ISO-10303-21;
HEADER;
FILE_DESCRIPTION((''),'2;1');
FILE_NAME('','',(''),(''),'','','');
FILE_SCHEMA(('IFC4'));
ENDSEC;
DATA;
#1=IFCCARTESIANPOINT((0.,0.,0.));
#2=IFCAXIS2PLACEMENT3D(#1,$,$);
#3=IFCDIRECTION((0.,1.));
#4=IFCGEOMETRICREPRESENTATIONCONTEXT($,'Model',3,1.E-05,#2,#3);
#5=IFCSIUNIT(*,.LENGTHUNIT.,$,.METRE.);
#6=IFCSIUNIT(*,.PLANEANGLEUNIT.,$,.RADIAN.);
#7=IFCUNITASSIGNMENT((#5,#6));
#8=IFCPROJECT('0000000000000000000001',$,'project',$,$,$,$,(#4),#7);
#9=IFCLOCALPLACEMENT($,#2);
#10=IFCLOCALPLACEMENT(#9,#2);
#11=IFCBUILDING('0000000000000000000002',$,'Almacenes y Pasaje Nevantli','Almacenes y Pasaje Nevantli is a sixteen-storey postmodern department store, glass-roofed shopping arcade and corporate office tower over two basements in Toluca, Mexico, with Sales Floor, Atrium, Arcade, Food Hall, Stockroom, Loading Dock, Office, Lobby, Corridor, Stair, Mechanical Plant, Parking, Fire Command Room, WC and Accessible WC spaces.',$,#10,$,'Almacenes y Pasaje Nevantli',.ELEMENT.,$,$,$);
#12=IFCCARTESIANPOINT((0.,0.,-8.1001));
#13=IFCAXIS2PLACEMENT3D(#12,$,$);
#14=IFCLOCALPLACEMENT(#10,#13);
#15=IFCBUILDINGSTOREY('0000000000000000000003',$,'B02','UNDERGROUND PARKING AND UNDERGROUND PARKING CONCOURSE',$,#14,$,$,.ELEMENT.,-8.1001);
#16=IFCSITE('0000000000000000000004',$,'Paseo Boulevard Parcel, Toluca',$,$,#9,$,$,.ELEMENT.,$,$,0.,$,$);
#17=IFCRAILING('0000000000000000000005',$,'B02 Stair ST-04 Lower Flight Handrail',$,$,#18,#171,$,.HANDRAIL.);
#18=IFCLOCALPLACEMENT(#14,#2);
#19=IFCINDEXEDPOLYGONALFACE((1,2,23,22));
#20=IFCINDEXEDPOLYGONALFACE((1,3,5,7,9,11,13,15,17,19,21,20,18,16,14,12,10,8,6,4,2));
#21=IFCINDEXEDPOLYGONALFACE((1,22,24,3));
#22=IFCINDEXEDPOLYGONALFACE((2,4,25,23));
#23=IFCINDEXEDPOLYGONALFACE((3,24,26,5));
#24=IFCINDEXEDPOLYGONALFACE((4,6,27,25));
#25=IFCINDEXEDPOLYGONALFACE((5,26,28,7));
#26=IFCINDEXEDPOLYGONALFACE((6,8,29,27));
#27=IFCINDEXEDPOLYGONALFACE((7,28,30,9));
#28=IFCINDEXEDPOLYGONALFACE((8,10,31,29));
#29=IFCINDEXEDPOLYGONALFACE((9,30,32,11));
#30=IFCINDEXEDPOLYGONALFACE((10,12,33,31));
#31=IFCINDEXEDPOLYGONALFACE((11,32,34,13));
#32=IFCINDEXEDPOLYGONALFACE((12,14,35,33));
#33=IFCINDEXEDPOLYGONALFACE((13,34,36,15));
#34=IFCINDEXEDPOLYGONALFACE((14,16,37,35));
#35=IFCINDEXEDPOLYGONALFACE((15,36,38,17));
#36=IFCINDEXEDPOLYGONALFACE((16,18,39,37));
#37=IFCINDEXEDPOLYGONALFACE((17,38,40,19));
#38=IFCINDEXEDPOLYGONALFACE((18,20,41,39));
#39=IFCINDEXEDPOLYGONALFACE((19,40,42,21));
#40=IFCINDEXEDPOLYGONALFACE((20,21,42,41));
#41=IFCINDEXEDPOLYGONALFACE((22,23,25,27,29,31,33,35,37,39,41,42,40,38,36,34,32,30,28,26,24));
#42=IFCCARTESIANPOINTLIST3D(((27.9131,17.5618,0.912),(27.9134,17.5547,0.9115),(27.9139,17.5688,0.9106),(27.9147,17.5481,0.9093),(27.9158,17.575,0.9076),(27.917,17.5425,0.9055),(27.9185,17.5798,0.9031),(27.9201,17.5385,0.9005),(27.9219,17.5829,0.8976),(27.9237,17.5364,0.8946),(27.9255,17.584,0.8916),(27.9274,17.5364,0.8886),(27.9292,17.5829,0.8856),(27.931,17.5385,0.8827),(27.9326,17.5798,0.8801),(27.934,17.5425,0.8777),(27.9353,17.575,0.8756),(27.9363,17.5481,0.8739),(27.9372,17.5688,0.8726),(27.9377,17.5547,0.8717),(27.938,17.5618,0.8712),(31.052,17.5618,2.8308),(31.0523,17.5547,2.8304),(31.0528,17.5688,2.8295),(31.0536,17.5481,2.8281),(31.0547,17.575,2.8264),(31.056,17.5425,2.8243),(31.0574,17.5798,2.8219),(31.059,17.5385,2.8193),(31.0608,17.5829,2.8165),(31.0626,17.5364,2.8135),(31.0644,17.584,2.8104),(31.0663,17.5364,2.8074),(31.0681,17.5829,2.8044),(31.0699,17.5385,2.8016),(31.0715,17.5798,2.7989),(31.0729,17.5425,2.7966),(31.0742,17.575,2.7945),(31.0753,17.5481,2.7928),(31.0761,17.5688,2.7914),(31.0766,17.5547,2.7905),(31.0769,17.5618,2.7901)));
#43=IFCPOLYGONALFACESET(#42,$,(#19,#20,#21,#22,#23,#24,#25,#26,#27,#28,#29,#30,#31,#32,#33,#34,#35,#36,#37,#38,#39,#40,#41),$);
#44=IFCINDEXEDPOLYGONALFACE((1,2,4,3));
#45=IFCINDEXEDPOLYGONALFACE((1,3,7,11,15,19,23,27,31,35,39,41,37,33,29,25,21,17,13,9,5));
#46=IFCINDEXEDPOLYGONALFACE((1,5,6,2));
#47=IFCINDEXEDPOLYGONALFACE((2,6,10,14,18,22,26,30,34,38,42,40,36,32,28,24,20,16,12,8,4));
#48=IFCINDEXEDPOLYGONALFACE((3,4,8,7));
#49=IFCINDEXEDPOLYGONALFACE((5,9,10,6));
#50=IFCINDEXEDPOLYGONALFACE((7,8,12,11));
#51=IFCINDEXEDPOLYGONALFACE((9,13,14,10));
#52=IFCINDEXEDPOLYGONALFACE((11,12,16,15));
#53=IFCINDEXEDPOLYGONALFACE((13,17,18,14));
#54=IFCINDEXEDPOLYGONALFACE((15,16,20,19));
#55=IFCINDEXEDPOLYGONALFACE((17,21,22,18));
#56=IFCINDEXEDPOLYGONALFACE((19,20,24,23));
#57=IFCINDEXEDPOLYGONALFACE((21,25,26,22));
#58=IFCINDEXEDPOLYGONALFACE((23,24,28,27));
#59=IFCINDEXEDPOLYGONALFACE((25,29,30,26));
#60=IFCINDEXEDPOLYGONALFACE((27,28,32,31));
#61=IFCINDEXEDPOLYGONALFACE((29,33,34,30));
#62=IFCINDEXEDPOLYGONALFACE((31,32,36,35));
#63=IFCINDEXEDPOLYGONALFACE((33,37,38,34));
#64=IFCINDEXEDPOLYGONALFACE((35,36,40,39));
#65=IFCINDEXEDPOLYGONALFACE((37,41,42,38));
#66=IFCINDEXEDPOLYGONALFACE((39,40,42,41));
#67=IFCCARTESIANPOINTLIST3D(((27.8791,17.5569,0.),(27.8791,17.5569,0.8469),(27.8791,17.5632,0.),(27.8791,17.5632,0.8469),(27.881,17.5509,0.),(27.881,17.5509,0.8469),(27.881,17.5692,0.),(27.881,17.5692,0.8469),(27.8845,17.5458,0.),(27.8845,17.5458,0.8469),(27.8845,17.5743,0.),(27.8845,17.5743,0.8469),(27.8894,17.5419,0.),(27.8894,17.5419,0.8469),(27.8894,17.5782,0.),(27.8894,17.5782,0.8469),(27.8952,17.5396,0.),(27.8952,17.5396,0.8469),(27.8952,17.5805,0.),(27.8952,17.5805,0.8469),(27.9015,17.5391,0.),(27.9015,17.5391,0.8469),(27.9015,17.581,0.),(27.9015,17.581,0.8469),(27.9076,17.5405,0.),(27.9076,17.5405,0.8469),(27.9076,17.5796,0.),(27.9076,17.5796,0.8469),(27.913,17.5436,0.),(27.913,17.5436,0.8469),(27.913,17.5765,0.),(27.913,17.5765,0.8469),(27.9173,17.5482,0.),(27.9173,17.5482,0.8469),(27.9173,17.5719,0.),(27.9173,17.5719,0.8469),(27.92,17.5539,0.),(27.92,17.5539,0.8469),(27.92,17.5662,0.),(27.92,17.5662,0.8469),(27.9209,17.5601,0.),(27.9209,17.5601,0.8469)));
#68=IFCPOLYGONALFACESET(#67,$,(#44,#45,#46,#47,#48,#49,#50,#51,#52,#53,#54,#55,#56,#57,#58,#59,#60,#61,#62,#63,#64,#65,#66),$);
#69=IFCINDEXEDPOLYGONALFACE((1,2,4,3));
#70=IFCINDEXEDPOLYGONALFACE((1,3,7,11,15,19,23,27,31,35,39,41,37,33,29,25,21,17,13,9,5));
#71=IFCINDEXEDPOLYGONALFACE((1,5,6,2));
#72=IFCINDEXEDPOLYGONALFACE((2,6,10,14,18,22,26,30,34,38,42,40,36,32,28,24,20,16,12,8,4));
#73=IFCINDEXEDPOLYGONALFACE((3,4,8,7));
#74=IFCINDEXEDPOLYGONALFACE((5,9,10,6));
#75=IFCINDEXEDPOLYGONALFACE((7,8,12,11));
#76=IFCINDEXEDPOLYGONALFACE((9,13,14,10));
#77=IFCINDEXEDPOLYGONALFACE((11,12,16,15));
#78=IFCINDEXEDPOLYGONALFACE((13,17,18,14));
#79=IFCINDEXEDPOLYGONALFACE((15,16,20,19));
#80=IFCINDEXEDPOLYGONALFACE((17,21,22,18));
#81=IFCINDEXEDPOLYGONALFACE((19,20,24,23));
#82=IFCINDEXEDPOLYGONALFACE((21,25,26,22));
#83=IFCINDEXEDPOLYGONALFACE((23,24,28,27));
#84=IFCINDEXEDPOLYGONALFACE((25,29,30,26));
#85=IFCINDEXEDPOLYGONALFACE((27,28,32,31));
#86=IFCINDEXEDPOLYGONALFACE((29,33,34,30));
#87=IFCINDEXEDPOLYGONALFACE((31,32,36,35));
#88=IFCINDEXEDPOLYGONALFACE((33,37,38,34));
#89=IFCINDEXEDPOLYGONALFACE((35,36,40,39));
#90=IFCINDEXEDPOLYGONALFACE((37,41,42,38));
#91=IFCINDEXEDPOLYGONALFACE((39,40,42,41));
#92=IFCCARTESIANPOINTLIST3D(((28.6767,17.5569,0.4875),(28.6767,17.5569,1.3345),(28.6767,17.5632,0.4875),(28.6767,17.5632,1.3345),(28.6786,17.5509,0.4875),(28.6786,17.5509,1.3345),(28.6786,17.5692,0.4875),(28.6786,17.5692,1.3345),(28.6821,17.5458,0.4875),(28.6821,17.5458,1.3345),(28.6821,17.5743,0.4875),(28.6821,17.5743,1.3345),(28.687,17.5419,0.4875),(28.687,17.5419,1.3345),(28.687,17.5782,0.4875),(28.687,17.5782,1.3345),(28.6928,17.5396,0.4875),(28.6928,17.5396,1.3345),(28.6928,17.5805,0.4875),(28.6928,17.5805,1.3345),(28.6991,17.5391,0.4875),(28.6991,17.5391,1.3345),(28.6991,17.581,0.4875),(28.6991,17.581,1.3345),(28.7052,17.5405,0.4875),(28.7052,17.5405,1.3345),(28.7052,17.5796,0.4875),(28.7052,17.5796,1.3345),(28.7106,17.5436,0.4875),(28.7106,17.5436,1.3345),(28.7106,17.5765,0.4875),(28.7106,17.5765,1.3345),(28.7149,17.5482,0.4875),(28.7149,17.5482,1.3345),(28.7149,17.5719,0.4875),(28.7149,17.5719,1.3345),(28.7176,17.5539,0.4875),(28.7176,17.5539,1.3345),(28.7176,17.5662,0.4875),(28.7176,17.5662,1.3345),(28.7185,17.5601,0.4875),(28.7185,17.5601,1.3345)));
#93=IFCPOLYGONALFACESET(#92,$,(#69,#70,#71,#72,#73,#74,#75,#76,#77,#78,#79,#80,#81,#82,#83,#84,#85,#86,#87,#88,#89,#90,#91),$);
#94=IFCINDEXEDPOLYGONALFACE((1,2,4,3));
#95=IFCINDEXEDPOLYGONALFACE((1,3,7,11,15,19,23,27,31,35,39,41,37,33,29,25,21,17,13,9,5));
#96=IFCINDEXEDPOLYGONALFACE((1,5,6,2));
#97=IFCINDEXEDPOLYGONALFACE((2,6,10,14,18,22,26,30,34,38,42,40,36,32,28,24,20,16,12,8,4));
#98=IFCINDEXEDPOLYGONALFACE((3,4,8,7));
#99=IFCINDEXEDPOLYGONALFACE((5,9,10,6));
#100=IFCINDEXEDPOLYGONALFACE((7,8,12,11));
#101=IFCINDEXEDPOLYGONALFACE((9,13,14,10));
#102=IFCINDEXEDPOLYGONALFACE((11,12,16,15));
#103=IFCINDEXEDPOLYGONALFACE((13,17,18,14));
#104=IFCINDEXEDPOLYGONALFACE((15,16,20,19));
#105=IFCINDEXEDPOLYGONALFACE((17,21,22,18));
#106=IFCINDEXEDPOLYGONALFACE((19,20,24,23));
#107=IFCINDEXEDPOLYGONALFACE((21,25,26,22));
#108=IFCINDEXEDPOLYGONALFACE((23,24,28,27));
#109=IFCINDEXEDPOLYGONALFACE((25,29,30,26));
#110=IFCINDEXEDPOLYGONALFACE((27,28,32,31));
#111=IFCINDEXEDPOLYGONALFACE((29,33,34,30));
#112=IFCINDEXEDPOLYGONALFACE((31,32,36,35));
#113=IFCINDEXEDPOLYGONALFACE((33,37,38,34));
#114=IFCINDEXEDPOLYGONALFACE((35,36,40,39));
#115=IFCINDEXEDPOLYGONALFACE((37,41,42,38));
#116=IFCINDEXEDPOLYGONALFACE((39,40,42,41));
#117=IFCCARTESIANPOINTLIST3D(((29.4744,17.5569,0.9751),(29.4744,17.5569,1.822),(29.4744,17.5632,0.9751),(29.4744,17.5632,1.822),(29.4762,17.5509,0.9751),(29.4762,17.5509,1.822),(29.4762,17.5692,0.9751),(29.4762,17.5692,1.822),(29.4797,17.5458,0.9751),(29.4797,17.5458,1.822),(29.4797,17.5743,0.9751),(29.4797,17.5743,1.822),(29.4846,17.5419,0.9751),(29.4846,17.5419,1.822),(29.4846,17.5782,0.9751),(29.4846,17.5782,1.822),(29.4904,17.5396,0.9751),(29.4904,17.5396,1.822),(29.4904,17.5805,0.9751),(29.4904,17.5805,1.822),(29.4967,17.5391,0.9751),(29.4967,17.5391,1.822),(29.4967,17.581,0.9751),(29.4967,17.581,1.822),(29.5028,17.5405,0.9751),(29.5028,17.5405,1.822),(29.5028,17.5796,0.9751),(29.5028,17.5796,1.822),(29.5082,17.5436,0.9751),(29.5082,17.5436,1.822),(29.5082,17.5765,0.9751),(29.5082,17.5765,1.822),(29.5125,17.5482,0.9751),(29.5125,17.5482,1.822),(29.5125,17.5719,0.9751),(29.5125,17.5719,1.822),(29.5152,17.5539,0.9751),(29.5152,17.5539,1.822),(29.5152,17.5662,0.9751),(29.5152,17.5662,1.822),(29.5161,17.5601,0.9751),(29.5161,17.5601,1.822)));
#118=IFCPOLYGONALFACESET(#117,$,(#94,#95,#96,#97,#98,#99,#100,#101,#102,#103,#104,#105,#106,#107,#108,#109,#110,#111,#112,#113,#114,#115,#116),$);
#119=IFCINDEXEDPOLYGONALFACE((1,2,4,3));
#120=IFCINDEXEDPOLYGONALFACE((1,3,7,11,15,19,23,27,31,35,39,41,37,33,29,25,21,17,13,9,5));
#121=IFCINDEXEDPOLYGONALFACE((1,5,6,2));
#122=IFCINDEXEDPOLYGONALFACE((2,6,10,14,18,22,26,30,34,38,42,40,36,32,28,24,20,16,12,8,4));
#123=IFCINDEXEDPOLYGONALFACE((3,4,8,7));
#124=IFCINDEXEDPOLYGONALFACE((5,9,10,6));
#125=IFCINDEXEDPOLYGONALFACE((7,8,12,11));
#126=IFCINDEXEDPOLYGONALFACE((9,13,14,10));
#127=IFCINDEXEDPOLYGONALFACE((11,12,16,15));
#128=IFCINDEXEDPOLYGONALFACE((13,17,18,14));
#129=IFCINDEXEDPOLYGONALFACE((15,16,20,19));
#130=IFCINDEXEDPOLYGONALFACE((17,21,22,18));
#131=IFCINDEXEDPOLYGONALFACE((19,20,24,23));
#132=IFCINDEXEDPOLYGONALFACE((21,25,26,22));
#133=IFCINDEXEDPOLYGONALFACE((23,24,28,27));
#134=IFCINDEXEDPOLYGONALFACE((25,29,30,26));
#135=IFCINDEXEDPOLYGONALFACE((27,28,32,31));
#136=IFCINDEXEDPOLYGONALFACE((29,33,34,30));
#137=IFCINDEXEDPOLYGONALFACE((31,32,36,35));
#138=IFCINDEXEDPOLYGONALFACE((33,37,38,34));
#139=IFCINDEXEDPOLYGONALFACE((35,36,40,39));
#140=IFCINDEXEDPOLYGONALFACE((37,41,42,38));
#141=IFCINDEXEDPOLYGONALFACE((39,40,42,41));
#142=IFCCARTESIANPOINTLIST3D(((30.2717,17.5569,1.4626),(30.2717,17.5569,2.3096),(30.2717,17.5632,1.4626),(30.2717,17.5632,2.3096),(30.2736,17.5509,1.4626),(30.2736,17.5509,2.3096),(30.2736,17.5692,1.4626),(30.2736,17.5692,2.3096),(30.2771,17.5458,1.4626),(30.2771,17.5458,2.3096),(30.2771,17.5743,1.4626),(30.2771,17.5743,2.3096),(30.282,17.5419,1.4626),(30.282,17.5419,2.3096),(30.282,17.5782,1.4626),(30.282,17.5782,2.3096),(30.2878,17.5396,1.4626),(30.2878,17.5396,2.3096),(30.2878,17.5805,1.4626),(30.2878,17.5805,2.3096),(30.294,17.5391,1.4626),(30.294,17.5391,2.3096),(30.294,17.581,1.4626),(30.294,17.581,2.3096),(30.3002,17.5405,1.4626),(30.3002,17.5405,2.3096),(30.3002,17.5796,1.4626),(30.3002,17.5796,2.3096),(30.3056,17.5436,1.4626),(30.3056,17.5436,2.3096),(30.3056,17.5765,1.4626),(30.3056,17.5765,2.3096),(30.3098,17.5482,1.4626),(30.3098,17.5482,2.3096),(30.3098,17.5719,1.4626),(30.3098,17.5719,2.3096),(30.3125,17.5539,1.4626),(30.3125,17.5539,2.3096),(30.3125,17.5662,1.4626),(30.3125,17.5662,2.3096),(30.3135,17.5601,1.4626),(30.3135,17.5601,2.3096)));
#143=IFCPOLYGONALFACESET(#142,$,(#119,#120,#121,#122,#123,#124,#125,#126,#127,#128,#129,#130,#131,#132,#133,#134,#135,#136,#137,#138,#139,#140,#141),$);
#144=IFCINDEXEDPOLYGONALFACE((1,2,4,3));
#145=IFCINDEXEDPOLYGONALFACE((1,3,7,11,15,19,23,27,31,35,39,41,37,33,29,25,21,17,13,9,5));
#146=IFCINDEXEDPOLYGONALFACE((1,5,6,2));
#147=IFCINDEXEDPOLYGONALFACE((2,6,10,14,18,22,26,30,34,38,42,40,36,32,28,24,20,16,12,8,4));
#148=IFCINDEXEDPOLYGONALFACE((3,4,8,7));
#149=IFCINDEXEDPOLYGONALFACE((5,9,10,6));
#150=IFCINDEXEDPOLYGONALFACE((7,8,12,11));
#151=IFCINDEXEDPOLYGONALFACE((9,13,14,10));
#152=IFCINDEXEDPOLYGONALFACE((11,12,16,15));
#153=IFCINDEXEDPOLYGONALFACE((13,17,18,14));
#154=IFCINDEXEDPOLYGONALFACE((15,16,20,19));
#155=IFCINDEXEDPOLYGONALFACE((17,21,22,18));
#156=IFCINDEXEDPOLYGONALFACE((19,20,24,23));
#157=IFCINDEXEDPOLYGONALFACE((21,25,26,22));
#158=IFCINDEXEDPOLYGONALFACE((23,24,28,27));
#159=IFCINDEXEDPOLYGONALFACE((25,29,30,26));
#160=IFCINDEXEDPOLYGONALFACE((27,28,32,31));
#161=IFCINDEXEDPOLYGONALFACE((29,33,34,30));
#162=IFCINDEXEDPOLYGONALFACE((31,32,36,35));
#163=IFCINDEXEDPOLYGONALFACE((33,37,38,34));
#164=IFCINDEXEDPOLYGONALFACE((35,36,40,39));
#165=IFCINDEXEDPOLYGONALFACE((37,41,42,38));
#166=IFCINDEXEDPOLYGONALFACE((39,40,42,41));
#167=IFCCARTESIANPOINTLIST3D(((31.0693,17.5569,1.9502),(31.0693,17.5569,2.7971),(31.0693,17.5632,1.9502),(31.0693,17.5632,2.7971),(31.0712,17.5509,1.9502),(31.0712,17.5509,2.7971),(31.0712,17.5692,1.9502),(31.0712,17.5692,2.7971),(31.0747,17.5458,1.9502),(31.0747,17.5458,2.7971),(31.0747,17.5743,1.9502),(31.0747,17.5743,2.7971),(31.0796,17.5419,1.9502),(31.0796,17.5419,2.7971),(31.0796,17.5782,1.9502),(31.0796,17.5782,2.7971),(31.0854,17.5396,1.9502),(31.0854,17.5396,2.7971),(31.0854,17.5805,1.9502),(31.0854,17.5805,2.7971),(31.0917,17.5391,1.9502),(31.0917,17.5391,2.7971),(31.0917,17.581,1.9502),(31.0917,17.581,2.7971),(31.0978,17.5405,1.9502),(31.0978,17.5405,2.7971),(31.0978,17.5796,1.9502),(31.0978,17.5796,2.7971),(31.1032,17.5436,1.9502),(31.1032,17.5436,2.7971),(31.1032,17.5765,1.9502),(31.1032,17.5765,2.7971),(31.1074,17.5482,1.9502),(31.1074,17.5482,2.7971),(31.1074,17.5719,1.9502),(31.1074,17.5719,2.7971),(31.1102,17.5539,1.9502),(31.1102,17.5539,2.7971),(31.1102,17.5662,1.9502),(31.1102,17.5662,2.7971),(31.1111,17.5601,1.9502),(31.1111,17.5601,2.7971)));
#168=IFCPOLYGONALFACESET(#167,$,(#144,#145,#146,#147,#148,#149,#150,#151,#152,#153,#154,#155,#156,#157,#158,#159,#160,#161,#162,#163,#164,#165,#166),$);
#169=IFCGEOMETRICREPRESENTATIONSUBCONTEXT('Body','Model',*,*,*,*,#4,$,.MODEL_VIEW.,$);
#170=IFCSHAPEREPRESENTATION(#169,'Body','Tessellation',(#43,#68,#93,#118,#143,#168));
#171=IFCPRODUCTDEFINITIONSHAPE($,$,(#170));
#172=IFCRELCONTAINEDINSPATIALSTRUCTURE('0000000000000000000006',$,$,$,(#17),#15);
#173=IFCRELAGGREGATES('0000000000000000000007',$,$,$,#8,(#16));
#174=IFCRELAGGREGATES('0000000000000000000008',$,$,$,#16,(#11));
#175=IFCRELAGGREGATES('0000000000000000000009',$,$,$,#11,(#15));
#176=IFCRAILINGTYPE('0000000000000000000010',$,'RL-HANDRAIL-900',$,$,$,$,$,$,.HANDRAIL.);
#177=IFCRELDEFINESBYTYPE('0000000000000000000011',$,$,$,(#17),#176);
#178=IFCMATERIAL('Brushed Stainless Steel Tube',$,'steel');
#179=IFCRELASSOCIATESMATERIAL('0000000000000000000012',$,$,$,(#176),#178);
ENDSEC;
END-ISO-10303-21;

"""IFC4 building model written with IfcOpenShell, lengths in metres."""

from ifc_helpers import new_model, si_unit, direction, frame, origin, origin_2d, place, context, subcontext, project, spatial, circle, extrude, material, type_object, element, save


model = new_model("IFC4")

# Units and contexts
model_context = context("Model", 3, precision=1e-05, world=origin(), true_north=direction((0.0, 1.0)))
body_context = subcontext(model_context, "Body", "Model", "MODEL_VIEW")
ifc_project = project(units=[si_unit("LENGTHUNIT", "METRE"), si_unit("PLANEANGLEUNIT", "RADIAN")], contexts=[model_context])

# Site, building, storey
site_placement = place(None, origin())
site = spatial("IfcSite", under=ifc_project, at=site_placement, Name="Paseo Boulevard Parcel, Toluca", CompositionType="ELEMENT", RefElevation=0.0)
building_placement = place(site_placement, origin())
building = spatial("IfcBuilding", under=site, at=building_placement, Name="Almacenes y Pasaje Nevantli", Description="Almacenes y Pasaje Nevantli is a sixteen-storey postmodern department store, glass-roofed shopping arcade and corporate office tower over two basements in Toluca, Mexico, with Sales Floor, Atrium, Arcade, Food Hall, Stockroom, Loading Dock, Office, Lobby, Corridor, Stair, Mechanical Plant, Parking, Fire Command Room, WC and Accessible WC spaces.", LongName="Almacenes y Pasaje Nevantli", CompositionType="ELEMENT")
storey_placement = place(building_placement, frame((0.0, 0.0, -8.1001)))
storey = spatial("IfcBuildingStorey", under=building, at=storey_placement, Name="B02", Description="UNDERGROUND PARKING AND UNDERGROUND PARKING CONCOURSE", CompositionType="ELEMENT", Elevation=-8.1001)

# Railing
ifc_material_1 = material(Name="Brushed Stainless Steel Tube", Category="steel")
railing_type_1 = type_object("IfcRailingType", Name="RL-HANDRAIL-900", PredefinedType="HANDRAIL", material=ifc_material_1)
railing_1_placement = place(storey_placement, frame((27.8999, 17.5601, 0.0)))
element("IfcRailing", 1, at=railing_1_placement, inside=storey, type_object=railing_type_1, Name="B02 Stair ST-04 Lower Flight Handrail", PredefinedType="HANDRAIL", context=body_context, shape_type="SweptSolid", body=[
    extrude(circle(Radius=0.0239, at=origin_2d()), frame((0.0256, 0.0, 0.8916), z_axis=(0.853206, 0.0, 0.521574), x_axis=(0.0, 1.0, 0.0)), (0.0, 0.0, 1.0), 3.679),
    extrude(circle(Radius=0.021, at=origin_2d()), origin(), (0.0, 0.0, 1.0), 0.8469),
    extrude(circle(Radius=0.021, at=origin_2d()), frame((0.7976, 0.0, 0.4875)), (0.0, 0.0, 1.0), 0.8469),
    extrude(circle(Radius=0.021, at=origin_2d()), frame((1.5952, 0.0, 0.9751)), (0.0, 0.0, 1.0), 0.8469),
    extrude(circle(Radius=0.021, at=origin_2d()), frame((2.3926, 0.0, 1.4626)), (0.0, 0.0, 1.0), 0.8469),
    extrude(circle(Radius=0.021, at=origin_2d()), frame((3.1902, 0.0, 1.9502)), (0.0, 0.0, 1.0), 0.8469),
])

save(model, "model.ifc")
